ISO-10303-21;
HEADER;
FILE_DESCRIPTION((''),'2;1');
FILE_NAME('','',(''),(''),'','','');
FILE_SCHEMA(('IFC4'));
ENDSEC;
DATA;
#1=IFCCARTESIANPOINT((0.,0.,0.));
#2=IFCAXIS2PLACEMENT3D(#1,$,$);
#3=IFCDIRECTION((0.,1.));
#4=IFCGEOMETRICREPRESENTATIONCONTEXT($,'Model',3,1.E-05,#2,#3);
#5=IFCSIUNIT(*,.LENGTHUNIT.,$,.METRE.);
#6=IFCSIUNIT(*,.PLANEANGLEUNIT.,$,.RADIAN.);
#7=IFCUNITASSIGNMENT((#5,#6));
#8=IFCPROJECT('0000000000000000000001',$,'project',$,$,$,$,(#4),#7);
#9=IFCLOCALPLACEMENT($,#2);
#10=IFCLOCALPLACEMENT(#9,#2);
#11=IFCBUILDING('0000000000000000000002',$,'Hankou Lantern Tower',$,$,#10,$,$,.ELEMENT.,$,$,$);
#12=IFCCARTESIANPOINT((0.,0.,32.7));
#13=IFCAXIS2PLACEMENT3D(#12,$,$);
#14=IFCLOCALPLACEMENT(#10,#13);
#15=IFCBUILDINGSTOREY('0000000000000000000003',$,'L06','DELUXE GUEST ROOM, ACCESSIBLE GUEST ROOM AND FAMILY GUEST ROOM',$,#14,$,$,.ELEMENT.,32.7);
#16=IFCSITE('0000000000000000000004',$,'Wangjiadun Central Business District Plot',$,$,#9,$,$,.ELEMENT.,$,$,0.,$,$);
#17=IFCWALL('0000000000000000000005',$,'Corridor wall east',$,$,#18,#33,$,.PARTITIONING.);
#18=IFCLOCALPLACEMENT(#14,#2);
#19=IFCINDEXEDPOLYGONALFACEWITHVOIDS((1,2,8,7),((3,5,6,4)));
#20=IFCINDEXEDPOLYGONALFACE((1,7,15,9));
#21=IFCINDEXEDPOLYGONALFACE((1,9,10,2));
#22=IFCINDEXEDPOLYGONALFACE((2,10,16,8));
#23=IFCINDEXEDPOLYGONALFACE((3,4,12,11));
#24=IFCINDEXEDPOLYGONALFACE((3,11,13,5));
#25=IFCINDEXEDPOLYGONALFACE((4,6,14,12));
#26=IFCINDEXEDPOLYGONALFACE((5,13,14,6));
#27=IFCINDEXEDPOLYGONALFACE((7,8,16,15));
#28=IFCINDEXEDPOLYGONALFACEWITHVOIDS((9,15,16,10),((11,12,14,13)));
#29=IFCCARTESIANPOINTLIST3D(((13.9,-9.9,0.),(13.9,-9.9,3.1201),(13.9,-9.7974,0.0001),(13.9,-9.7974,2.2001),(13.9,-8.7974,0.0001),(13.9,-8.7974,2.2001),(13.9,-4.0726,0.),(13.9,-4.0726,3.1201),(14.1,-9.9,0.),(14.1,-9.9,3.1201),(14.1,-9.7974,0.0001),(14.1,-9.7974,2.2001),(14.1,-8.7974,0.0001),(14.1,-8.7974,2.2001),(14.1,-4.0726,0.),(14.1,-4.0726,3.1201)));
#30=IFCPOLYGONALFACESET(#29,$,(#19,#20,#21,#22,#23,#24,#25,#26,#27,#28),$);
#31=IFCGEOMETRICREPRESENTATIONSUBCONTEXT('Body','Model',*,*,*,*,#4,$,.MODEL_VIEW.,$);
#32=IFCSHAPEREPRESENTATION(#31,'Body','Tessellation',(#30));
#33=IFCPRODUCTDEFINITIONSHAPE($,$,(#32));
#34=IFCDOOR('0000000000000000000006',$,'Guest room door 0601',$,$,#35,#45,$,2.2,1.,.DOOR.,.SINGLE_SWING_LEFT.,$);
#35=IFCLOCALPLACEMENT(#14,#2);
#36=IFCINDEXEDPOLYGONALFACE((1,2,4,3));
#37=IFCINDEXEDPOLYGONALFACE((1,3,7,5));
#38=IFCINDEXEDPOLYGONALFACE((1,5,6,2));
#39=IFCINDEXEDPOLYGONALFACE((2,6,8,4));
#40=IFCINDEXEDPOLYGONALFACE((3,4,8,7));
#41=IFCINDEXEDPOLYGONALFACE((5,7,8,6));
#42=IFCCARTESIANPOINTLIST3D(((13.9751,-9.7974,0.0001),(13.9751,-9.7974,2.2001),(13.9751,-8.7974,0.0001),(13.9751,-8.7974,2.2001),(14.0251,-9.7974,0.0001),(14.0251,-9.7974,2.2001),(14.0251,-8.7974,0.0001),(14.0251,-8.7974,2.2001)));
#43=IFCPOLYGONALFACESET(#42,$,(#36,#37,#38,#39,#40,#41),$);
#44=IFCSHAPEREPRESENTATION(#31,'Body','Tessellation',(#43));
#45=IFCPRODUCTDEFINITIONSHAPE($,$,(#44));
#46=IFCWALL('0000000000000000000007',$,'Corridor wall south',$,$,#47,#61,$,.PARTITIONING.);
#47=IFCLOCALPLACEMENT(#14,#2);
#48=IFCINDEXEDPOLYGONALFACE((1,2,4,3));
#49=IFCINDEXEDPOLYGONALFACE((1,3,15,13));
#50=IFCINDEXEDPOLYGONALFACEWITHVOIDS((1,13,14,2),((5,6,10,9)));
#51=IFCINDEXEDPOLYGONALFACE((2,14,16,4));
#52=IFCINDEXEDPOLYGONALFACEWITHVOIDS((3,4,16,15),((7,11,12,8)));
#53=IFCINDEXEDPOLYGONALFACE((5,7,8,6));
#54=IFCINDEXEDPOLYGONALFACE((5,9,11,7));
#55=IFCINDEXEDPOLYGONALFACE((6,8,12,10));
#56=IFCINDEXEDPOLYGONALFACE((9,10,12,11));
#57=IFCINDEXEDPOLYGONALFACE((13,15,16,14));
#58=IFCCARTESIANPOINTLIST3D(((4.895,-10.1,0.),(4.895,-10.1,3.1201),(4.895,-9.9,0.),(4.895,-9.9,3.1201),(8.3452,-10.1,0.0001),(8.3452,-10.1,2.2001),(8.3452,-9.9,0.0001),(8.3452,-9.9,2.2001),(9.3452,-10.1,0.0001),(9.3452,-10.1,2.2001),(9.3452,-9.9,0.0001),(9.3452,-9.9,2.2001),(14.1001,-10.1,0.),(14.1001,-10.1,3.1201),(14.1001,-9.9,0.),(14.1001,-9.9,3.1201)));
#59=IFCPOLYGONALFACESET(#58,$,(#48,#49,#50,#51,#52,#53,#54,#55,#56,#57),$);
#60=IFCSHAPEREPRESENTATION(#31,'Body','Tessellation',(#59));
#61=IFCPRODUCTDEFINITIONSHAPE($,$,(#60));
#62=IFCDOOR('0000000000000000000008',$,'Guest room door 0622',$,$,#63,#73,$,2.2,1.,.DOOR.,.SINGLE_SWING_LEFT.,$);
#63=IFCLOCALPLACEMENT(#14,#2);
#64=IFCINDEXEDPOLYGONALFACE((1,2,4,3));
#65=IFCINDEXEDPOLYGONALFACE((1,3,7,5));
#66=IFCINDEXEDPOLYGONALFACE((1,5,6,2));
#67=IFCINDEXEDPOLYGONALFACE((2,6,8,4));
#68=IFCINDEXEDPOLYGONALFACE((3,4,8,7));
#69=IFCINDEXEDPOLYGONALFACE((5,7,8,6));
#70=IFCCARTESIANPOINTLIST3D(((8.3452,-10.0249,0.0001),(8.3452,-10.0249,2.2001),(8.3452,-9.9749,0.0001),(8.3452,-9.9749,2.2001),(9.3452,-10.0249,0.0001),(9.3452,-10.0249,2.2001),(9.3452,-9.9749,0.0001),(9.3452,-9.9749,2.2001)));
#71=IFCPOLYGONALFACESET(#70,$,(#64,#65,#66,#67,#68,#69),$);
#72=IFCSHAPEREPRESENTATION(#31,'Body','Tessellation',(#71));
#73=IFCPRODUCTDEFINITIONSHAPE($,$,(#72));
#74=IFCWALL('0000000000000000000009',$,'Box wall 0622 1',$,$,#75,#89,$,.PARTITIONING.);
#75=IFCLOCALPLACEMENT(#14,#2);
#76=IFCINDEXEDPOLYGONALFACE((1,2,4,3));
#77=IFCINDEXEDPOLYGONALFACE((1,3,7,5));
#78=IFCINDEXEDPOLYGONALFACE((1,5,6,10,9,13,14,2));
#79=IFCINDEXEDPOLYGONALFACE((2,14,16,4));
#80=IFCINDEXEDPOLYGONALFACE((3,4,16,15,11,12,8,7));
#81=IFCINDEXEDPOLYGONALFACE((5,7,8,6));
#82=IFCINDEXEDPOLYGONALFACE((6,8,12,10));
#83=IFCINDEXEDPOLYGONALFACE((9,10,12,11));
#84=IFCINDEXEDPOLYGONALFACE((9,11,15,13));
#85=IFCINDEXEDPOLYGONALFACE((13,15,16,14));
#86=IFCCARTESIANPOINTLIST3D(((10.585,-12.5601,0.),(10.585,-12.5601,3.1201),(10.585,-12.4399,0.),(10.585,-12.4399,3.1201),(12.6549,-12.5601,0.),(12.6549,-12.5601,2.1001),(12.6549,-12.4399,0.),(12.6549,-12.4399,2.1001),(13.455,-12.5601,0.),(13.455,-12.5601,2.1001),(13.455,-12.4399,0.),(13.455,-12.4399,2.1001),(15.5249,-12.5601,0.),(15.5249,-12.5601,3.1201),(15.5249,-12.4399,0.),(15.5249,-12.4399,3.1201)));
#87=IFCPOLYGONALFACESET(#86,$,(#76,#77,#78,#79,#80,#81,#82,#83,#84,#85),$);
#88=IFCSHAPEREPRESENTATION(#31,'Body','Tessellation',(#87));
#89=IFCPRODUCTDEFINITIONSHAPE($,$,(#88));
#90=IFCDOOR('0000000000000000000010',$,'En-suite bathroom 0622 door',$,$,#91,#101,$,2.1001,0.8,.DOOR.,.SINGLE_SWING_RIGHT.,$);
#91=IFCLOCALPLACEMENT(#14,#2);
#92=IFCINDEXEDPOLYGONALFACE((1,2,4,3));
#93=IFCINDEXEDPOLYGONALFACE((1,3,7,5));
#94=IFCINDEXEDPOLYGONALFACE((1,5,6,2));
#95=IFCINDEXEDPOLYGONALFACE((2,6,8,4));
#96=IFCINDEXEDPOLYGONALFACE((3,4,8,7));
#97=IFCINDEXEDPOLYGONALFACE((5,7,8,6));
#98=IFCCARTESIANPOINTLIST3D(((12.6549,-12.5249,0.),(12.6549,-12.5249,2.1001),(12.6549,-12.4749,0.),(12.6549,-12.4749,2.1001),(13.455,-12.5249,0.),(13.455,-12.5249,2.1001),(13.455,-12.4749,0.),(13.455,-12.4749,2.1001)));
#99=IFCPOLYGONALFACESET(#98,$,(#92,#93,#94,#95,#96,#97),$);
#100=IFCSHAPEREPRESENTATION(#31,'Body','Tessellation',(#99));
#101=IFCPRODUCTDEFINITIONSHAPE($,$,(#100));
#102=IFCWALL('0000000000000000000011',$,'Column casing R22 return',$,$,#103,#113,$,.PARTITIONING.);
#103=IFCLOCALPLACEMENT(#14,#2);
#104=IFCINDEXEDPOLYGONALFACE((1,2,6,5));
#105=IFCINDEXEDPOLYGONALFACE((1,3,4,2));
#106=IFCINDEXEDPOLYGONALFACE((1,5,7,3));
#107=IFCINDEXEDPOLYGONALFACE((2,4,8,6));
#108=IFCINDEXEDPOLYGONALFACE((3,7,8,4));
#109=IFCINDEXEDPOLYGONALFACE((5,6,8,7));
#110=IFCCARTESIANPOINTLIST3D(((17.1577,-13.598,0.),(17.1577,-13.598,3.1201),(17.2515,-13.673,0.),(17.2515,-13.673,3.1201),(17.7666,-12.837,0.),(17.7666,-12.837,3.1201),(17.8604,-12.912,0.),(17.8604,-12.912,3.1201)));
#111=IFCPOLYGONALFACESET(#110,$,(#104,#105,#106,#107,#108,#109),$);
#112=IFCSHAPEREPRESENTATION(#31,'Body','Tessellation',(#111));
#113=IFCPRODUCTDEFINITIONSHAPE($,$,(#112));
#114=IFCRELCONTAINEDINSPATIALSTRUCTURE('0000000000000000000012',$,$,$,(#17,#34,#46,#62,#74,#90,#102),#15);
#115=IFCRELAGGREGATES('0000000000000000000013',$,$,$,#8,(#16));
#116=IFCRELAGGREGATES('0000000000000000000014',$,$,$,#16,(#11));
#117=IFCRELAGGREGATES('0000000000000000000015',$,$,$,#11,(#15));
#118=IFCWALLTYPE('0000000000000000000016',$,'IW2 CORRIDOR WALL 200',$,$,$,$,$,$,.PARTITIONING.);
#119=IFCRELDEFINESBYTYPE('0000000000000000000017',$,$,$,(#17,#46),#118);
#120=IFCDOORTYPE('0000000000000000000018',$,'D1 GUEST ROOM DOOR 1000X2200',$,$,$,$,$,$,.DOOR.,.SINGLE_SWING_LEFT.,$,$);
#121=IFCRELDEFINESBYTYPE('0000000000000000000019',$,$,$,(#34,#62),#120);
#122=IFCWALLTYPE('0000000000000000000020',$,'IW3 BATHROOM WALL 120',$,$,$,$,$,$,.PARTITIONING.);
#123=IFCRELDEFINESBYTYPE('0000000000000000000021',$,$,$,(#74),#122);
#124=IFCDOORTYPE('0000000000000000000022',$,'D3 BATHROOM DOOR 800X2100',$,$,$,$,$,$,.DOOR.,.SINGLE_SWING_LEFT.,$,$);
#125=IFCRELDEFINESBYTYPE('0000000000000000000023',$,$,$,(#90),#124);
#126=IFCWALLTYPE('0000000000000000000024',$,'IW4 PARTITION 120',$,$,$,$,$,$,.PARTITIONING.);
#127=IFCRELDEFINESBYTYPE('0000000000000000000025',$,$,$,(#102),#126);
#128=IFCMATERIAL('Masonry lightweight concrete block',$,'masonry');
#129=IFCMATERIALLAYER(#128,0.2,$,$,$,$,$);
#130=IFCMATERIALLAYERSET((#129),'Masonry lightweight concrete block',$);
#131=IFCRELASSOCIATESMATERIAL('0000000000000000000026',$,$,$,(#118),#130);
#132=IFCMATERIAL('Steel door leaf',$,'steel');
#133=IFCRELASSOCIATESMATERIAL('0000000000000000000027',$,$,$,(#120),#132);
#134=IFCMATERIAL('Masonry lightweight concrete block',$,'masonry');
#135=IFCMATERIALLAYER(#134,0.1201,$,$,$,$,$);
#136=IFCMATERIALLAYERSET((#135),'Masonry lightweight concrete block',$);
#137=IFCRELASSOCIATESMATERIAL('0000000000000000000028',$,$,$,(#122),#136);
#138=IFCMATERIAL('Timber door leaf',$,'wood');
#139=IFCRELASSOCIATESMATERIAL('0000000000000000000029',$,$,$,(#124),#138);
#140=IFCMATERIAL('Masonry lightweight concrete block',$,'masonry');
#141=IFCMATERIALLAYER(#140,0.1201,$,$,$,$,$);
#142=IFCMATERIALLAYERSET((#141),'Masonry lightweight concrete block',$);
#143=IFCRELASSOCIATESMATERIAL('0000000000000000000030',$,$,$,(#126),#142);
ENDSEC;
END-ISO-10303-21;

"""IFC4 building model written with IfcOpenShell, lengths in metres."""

from ifc_helpers import new_model, si_unit, direction, frame, frame_2d, origin, place, context, subcontext, project, spatial, rectangle, extrude, material, layer, layer_set, type_object, element, fill, save


model = new_model("IFC4")

# Units and contexts
model_context = context("Model", 3, precision=1e-05, world=origin(), true_north=direction((0.0, 1.0)))
body_context = subcontext(model_context, "Body", "Model", "MODEL_VIEW")
ifc_project = project(units=[si_unit("LENGTHUNIT", "METRE"), si_unit("PLANEANGLEUNIT", "RADIAN")], contexts=[model_context])

# Site, building, storey
site_placement = place(None, origin())
site = spatial("IfcSite", under=ifc_project, at=site_placement, Name="Wangjiadun Central Business District Plot", CompositionType="ELEMENT", RefElevation=0.0)
building_placement = place(site_placement, origin())
building = spatial("IfcBuilding", under=site, at=building_placement, Name="Hankou Lantern Tower", CompositionType="ELEMENT")
storey_placement = place(building_placement, frame((0.0, 0.0, 32.7)))
storey = spatial("IfcBuildingStorey", under=building, at=storey_placement, Name="L06", Description="DELUXE GUEST ROOM, ACCESSIBLE GUEST ROOM AND FAMILY GUEST ROOM", CompositionType="ELEMENT", Elevation=32.7)

# Walls, openings, doors
ifc_material_1 = material(Name="Masonry lightweight concrete block", Category="masonry")
ifc_layer_1 = layer(ifc_material_1, 0.2)
ifc_layer_set_1 = layer_set([ifc_layer_1], Name="Masonry lightweight concrete block")
wall_type_1 = type_object("IfcWallType", Name="IW2 CORRIDOR WALL 200", PredefinedType="PARTITIONING", material=ifc_layer_set_1)
wall_1_placement = place(storey_placement, frame((14.0, -9.8999, 0.0), z_axis=(0.0, 0.0, 1.0), x_axis=(0.0, 1.0, 0.0)))
wall_1 = element("IfcWall", 1, at=wall_1_placement, inside=storey, type_object=wall_type_1, Name="Corridor wall east", PredefinedType="PARTITIONING", context=body_context, shape_type="SweptSolid", body=[
    extrude(rectangle(XDim=5.8274, YDim=0.2, at=frame_2d((2.9136, 0.0))), origin(), (0.0, 0.0, 1.0), 3.1201),
])
opening_1_placement = place(wall_1_placement, frame((0.1025, 0.0, 0.0)))
opening_1 = element("IfcOpeningElement", 2, at=opening_1_placement, cuts=wall_1, PredefinedType="OPENING", context=body_context, shape_type="SweptSolid", body=[
    extrude(rectangle(XDim=1.0, YDim=2.2, at=frame_2d((0.5, 1.1001))), frame((0.0, 0.1099, 0.0), z_axis=(0.0, -1.0, 0.0), x_axis=(1.0, 0.0, 0.0)), (0.0, 0.0, 1.0), 0.22),
])
ifc_material_2 = material(Name="Steel door leaf", Category="steel")
door_type_1 = type_object("IfcDoorType", Name="D1 GUEST ROOM DOOR 1000X2200", OperationType="SINGLE_SWING_LEFT", PredefinedType="DOOR", material=ifc_material_2)
door_1_placement = place(opening_1_placement, origin())
door_1 = element("IfcDoor", 3, at=door_1_placement, inside=storey, type_object=door_type_1, Name="Guest room door 0601", OperationType="SINGLE_SWING_LEFT", OverallHeight=2.2, OverallWidth=1.0, PredefinedType="DOOR", context=body_context, shape_type="SweptSolid", body=[
    extrude(rectangle(XDim=1.0, YDim=2.2, at=frame_2d((0.5, 1.1001))), frame((0.0, 0.0249, 0.0), z_axis=(0.0, -1.0, 0.0), x_axis=(1.0, 0.0, 0.0)), (0.0, 0.0, 1.0), 0.05),
])
fill(opening_1, door_1)
wall_2_placement = place(storey_placement, frame((14.1001, -10.0, 0.0), z_axis=(0.0, 0.0, 1.0), x_axis=(-1.0, 0.0, 0.0)))
wall_2 = element("IfcWall", 4, at=wall_2_placement, inside=storey, type_object=wall_type_1, Name="Corridor wall south", PredefinedType="PARTITIONING", context=body_context, shape_type="SweptSolid", body=[
    extrude(rectangle(XDim=9.2051, YDim=0.2, at=frame_2d((4.6025, 0.0))), origin(), (0.0, 0.0, 1.0), 3.1201),
])
opening_2_placement = place(wall_2_placement, frame((4.7549, 0.0, 0.0)))
opening_2 = element("IfcOpeningElement", 5, at=opening_2_placement, cuts=wall_2, PredefinedType="OPENING", context=body_context, shape_type="SweptSolid", body=[
    extrude(rectangle(XDim=1.0, YDim=2.2, at=frame_2d((0.5, 1.1001))), frame((0.0, 0.1099, 0.0), z_axis=(0.0, -1.0, 0.0), x_axis=(1.0, 0.0, 0.0)), (0.0, 0.0, 1.0), 0.22),
])
door_2_placement = place(opening_2_placement, origin())
door_2 = element("IfcDoor", 6, at=door_2_placement, inside=storey, type_object=door_type_1, Name="Guest room door 0622", OperationType="SINGLE_SWING_LEFT", OverallHeight=2.2, OverallWidth=1.0, PredefinedType="DOOR", context=body_context, shape_type="SweptSolid", body=[
    extrude(rectangle(XDim=1.0, YDim=2.2, at=frame_2d((0.5, 1.1001))), frame((0.0, 0.0249, 0.0), z_axis=(0.0, -1.0, 0.0), x_axis=(1.0, 0.0, 0.0)), (0.0, 0.0, 1.0), 0.05),
])
fill(opening_2, door_2)
ifc_material_3 = material(Name="Masonry lightweight concrete block", Category="masonry")
ifc_layer_2 = layer(ifc_material_3, 0.1201)
ifc_layer_set_2 = layer_set([ifc_layer_2], Name="Masonry lightweight concrete block")
wall_type_2 = type_object("IfcWallType", Name="IW3 BATHROOM WALL 120", PredefinedType="PARTITIONING", material=ifc_layer_set_2)
wall_3_placement = place(storey_placement, frame((15.5249, -12.5, 0.0), z_axis=(0.0, 0.0, 1.0), x_axis=(-1.0, 0.0, 0.0)))
wall_3 = element("IfcWall", 7, at=wall_3_placement, inside=storey, type_object=wall_type_2, Name="Box wall 0622 1", PredefinedType="PARTITIONING", context=body_context, shape_type="SweptSolid", body=[
    extrude(rectangle(XDim=4.9399, YDim=0.1201, at=frame_2d((2.47, 0.0))), origin(), (0.0, 0.0, 1.0), 3.1201),
])
opening_3_placement = place(wall_3_placement, frame((2.0701, 0.0, 0.0)))
opening_3 = element("IfcOpeningElement", 8, at=opening_3_placement, cuts=wall_3, PredefinedType="OPENING", context=body_context, shape_type="SweptSolid", body=[
    extrude(rectangle(XDim=0.8, YDim=2.1001, at=frame_2d((0.3999, 1.05))), frame((0.0, 0.0701, 0.0), z_axis=(0.0, -1.0, 0.0), x_axis=(1.0, 0.0, 0.0)), (0.0, 0.0, 1.0), 0.1401),
])
ifc_material_4 = material(Name="Timber door leaf", Category="wood")
door_type_2 = type_object("IfcDoorType", Name="D3 BATHROOM DOOR 800X2100", OperationType="SINGLE_SWING_LEFT", PredefinedType="DOOR", material=ifc_material_4)
door_3_placement = place(opening_3_placement, origin())
door_3 = element("IfcDoor", 9, at=door_3_placement, inside=storey, type_object=door_type_2, Name="En-suite bathroom 0622 door", OperationType="SINGLE_SWING_RIGHT", OverallHeight=2.1001, OverallWidth=0.8, PredefinedType="DOOR", context=body_context, shape_type="SweptSolid", body=[
    extrude(rectangle(XDim=0.8, YDim=2.1001, at=frame_2d((0.3999, 1.05))), frame((0.0, 0.0249, 0.0), z_axis=(0.0, -1.0, 0.0), x_axis=(1.0, 0.0, 0.0)), (0.0, 0.0, 1.0), 0.05),
])
fill(opening_3, door_3)

# Wall
ifc_material_5 = material(Name="Masonry lightweight concrete block", Category="masonry")
ifc_layer_3 = layer(ifc_material_5, 0.1201)
ifc_layer_set_3 = layer_set([ifc_layer_3], Name="Masonry lightweight concrete block")
wall_type_3 = type_object("IfcWallType", Name="IW4 PARTITION 120", PredefinedType="PARTITIONING", material=ifc_layer_set_3)
wall_4_placement = place(storey_placement, frame((17.2046, -13.6355, 0.0), z_axis=(0.0, 0.0, 1.0), x_axis=(0.624756, 0.78082, 0.0)))
element("IfcWall", 10, at=wall_4_placement, inside=storey, type_object=wall_type_3, Name="Column casing R22 return", PredefinedType="PARTITIONING", context=body_context, shape_type="SweptSolid", body=[
    extrude(rectangle(XDim=0.9746, YDim=0.1201, at=frame_2d((0.4873, 0.0))), origin(), (0.0, 0.0, 1.0), 3.1201),
])

save(model, "model.ifc")
